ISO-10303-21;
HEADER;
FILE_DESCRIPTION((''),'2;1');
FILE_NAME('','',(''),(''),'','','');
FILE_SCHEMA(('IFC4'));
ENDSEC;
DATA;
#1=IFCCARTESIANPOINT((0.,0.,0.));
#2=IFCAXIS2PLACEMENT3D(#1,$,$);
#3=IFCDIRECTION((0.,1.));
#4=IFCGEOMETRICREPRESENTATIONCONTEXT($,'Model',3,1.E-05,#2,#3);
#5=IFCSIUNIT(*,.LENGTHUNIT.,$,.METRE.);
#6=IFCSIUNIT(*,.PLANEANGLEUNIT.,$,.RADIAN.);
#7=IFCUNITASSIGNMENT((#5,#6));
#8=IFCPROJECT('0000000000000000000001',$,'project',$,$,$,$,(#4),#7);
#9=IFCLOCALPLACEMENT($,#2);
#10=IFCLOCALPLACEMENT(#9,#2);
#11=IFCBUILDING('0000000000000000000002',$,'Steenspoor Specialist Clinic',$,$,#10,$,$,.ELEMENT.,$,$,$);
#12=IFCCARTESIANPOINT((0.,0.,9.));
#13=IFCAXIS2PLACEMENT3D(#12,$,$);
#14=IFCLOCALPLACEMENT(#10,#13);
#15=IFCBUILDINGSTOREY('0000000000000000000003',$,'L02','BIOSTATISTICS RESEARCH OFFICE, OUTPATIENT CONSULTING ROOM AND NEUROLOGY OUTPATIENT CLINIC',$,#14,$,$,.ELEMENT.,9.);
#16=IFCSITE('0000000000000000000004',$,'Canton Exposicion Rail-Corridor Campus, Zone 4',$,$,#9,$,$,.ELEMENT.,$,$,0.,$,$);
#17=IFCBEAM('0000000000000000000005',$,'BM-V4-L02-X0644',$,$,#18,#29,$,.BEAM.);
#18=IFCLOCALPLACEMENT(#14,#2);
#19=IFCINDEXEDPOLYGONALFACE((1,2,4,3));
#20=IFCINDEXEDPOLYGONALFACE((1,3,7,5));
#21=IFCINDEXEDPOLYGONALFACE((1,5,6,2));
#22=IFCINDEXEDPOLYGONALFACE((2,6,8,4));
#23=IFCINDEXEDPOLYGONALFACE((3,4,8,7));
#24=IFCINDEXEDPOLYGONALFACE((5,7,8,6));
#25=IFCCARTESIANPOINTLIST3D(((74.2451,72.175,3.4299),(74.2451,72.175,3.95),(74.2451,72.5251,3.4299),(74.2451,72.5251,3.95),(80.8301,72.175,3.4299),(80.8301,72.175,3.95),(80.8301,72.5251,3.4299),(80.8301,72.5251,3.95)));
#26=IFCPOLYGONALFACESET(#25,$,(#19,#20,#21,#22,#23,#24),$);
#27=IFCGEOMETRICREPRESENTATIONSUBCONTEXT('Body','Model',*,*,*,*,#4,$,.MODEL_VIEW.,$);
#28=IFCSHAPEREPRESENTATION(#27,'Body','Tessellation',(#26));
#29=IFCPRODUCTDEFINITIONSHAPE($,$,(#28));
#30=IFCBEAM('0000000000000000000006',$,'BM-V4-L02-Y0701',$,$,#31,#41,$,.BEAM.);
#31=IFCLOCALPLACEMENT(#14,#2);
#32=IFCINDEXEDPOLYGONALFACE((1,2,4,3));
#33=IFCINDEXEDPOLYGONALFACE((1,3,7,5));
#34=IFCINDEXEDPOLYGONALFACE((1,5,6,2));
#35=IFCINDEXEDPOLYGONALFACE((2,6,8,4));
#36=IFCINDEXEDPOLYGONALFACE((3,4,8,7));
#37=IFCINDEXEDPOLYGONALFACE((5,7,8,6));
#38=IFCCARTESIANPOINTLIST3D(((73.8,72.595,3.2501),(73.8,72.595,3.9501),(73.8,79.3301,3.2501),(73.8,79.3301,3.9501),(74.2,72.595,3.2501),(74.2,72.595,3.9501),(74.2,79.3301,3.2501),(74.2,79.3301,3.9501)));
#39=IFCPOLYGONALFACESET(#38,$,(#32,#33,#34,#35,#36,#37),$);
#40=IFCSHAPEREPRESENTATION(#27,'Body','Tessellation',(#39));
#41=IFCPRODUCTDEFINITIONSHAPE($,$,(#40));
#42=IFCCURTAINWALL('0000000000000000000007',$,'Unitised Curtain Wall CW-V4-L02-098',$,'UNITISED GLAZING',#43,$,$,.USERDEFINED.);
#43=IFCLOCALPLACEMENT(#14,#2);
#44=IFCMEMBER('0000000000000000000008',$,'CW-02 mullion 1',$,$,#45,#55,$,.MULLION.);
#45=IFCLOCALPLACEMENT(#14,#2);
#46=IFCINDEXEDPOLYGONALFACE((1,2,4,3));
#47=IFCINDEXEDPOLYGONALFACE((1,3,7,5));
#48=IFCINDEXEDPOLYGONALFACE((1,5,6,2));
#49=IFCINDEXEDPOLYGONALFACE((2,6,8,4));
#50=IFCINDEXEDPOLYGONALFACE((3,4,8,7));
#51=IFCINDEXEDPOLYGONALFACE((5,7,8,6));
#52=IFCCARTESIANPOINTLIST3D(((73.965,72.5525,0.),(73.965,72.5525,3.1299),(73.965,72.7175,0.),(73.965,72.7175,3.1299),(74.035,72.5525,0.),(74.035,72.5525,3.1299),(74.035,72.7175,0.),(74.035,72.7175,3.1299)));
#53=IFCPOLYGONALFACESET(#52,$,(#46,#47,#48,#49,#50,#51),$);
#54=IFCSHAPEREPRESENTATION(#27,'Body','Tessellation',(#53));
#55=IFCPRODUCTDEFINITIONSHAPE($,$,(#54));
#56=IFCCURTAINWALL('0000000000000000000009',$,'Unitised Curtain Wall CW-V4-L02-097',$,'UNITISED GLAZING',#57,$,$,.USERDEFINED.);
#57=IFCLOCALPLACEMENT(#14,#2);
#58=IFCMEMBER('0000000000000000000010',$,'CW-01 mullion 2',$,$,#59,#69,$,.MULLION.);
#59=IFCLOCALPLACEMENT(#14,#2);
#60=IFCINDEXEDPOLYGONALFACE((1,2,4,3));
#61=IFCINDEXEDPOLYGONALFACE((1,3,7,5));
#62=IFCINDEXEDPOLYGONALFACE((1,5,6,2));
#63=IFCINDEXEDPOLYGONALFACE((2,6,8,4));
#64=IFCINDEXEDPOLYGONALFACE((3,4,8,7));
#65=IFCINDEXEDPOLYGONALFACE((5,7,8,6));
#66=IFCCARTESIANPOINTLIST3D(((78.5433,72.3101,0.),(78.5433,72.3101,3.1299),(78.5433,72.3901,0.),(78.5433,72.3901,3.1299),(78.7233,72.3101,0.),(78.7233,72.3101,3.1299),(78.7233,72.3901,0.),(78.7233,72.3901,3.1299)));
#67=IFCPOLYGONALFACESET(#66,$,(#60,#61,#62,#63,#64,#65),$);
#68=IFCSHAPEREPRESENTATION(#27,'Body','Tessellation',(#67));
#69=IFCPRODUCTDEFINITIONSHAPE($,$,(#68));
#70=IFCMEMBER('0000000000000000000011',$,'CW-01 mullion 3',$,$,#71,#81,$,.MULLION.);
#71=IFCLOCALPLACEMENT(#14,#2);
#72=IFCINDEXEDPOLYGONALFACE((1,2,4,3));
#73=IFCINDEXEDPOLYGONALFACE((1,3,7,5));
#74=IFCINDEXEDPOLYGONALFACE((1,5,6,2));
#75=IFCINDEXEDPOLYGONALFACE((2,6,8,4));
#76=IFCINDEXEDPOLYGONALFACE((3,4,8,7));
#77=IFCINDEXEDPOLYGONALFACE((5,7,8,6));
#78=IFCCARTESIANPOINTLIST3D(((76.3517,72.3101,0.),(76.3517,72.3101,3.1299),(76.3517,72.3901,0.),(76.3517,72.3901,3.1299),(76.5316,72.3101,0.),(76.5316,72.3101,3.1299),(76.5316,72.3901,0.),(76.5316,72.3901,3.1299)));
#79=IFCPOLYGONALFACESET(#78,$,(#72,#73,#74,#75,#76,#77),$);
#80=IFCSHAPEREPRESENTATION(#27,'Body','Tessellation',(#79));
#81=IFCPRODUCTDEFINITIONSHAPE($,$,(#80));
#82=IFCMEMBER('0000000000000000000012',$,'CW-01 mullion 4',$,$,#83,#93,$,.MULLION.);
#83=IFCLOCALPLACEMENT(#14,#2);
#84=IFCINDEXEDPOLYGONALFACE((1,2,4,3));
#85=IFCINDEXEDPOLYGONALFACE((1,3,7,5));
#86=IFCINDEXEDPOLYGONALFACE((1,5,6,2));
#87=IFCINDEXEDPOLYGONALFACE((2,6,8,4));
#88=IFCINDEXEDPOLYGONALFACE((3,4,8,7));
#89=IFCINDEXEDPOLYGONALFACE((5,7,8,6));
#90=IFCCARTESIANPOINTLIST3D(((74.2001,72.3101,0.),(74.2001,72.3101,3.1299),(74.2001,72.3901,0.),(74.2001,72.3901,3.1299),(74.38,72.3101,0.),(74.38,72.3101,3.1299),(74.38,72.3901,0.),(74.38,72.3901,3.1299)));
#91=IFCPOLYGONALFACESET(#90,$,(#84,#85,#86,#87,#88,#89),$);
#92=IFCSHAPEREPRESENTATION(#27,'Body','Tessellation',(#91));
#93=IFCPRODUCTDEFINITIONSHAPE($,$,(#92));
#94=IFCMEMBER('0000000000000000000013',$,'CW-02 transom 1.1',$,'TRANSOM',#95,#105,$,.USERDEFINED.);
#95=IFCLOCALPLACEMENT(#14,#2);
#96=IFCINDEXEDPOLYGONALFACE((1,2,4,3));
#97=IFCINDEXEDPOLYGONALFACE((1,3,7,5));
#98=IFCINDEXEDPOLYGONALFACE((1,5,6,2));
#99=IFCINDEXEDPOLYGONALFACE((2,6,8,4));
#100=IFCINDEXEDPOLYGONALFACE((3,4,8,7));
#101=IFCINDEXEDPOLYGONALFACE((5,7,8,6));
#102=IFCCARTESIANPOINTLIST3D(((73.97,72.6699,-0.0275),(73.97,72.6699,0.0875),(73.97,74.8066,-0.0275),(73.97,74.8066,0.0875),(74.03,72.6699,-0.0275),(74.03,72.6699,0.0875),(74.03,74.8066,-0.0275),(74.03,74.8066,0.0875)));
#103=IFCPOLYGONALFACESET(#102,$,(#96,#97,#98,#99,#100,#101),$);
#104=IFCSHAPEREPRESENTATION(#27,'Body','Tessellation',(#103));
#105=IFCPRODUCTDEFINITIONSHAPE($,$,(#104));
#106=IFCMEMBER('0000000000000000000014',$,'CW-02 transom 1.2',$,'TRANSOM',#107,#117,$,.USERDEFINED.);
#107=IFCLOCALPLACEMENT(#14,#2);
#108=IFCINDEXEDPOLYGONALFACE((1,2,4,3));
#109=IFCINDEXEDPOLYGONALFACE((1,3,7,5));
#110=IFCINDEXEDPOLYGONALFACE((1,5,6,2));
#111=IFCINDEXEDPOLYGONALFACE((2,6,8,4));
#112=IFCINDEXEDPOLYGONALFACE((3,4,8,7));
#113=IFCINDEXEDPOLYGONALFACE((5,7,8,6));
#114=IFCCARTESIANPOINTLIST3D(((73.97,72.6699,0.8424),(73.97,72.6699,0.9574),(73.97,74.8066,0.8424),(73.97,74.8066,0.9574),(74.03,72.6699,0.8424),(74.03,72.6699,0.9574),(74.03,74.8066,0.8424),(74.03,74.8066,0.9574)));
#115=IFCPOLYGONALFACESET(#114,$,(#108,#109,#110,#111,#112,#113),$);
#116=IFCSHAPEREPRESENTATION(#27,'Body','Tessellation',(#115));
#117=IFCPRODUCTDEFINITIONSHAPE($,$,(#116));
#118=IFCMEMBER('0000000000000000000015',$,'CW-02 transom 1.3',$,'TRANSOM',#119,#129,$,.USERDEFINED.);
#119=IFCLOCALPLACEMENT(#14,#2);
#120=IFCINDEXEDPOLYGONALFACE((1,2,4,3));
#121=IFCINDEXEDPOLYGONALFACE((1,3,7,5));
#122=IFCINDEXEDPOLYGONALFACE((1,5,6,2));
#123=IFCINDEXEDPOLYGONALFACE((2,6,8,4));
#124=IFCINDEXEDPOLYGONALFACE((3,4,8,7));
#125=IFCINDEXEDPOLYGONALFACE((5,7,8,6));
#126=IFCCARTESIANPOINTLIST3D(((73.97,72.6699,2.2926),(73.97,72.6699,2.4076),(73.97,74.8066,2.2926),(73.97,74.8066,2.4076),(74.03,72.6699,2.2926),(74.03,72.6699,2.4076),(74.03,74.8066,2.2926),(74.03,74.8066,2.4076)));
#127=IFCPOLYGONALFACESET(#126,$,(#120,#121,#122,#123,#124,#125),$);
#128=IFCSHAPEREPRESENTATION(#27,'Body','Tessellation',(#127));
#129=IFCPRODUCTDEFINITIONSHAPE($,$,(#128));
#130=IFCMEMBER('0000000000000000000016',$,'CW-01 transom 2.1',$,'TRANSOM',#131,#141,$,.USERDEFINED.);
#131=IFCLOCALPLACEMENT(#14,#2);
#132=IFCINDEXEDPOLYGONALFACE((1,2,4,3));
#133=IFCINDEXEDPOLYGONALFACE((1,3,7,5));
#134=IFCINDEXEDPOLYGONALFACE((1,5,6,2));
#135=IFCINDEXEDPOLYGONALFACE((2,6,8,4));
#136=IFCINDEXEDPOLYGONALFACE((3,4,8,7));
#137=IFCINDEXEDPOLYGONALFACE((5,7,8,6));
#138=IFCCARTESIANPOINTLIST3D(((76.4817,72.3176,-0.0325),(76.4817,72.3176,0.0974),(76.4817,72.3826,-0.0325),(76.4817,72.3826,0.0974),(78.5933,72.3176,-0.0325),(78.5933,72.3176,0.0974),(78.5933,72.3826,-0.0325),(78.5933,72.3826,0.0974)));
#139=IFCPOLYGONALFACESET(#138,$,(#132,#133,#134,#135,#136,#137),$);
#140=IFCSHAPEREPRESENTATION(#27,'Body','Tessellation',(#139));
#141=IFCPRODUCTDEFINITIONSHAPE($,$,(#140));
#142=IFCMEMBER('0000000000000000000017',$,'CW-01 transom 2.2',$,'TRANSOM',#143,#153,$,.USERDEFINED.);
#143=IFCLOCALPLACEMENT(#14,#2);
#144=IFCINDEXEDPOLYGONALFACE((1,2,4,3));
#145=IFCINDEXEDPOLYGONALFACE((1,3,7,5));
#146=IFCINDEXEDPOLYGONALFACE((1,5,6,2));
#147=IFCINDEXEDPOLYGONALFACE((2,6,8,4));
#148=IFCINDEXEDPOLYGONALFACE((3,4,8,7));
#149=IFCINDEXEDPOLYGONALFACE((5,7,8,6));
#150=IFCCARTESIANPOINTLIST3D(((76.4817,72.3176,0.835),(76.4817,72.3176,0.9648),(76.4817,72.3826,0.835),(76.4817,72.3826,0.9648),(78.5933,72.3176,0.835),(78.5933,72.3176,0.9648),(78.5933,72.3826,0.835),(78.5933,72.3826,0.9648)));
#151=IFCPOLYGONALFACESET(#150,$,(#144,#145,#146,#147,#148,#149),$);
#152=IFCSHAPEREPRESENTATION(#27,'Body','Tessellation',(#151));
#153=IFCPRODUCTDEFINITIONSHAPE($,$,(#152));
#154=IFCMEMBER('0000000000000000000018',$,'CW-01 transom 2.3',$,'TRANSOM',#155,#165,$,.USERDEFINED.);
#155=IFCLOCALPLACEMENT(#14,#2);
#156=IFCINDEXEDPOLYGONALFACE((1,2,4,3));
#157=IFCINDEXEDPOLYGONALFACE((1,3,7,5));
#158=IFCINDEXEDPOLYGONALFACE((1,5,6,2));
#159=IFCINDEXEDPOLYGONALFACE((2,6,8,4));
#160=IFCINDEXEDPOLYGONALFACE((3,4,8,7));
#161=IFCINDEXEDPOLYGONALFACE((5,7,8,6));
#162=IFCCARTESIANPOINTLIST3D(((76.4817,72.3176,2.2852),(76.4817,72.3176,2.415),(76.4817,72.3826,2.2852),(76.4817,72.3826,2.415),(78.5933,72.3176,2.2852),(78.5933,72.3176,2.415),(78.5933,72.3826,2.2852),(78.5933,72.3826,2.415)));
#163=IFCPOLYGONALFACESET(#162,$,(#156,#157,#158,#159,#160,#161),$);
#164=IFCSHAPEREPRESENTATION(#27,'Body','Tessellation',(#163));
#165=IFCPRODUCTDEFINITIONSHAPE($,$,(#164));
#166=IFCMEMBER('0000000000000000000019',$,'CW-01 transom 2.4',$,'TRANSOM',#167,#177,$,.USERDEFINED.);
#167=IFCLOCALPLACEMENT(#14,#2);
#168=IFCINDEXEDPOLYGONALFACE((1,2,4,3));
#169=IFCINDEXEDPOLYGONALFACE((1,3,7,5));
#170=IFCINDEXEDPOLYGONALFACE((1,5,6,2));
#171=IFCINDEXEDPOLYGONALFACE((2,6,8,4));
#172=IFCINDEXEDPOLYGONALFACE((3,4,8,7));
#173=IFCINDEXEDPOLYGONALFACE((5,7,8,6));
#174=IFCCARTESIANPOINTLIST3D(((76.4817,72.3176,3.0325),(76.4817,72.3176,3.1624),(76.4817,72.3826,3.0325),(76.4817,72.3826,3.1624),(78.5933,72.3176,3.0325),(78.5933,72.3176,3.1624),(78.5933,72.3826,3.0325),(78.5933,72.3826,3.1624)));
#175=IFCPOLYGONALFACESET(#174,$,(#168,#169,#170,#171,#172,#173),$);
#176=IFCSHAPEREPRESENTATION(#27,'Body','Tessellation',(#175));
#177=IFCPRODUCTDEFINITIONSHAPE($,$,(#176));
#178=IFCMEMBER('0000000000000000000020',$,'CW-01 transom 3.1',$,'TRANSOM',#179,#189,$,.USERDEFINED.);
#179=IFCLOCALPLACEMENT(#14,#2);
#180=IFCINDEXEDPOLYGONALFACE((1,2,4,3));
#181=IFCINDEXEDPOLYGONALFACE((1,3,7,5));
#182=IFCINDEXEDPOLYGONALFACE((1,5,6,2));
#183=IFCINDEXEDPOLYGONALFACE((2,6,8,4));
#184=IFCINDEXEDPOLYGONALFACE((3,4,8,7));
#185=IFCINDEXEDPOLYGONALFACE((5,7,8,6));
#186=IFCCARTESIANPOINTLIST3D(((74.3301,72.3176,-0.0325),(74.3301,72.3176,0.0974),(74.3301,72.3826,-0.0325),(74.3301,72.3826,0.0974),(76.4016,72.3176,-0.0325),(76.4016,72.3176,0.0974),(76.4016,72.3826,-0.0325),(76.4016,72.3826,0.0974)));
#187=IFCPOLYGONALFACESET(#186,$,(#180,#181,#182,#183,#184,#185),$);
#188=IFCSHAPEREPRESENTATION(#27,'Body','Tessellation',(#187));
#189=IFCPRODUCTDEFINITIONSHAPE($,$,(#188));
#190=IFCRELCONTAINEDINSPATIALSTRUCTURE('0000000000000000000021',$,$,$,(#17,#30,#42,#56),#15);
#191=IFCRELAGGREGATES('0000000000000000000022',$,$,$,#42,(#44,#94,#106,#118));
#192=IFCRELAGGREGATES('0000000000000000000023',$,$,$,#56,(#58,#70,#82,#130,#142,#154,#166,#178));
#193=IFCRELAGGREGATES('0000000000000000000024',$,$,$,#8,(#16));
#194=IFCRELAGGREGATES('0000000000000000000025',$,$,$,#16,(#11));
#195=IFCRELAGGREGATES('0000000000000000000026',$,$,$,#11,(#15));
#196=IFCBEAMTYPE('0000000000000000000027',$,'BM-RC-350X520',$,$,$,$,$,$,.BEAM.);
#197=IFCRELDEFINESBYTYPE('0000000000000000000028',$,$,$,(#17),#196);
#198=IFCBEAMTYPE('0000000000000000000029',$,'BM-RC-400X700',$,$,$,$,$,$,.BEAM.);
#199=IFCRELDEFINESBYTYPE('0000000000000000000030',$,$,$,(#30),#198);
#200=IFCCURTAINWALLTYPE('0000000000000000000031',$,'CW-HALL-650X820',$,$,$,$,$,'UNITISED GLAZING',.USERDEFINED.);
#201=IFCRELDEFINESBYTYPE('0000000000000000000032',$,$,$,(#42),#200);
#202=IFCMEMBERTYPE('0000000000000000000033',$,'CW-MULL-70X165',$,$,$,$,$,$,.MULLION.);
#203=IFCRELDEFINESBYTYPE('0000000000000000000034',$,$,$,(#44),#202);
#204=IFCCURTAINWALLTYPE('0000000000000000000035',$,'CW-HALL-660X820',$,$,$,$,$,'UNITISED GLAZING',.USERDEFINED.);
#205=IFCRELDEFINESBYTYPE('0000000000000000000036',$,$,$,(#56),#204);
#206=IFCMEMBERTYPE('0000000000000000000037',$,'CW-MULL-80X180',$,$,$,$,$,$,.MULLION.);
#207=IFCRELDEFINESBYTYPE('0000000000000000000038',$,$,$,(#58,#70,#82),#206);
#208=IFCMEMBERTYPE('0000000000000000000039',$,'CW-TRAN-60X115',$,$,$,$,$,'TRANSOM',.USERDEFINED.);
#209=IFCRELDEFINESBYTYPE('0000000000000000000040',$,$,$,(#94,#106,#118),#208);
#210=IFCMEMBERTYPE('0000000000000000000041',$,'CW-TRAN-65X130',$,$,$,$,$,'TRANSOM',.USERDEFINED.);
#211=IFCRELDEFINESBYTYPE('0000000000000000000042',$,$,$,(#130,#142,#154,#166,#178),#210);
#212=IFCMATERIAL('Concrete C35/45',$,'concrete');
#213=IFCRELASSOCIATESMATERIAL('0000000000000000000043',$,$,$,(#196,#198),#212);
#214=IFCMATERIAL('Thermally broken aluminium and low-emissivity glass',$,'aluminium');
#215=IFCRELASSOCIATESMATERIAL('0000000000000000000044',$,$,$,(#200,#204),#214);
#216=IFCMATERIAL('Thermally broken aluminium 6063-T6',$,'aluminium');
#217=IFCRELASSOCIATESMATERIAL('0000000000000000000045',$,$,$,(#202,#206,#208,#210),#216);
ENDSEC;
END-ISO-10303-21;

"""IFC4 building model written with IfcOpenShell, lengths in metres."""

from ifc_helpers import new_model, si_unit, direction, frame, origin, origin_2d, place, context, subcontext, project, spatial, rectangle, extrude, material, material_profile, profile_set, type_object, element, aggregate, save


model = new_model("IFC4")

# Units and contexts
model_context = context("Model", 3, precision=1e-05, world=origin(), true_north=direction((0.0, 1.0)))
body_context = subcontext(model_context, "Body", "Model", "MODEL_VIEW")
ifc_project = project(units=[si_unit("LENGTHUNIT", "METRE"), si_unit("PLANEANGLEUNIT", "RADIAN")], contexts=[model_context])

# Site, building, storey
site_placement = place(None, origin())
site = spatial("IfcSite", under=ifc_project, at=site_placement, Name="Canton Exposicion Rail-Corridor Campus, Zone 4", CompositionType="ELEMENT", RefElevation=0.0)
building_placement = place(site_placement, origin())
building = spatial("IfcBuilding", under=site, at=building_placement, Name="Steenspoor Specialist Clinic", CompositionType="ELEMENT")
storey_placement = place(building_placement, frame((0.0, 0.0, 9.0)))
storey = spatial("IfcBuildingStorey", under=building, at=storey_placement, Name="L02", Description="BIOSTATISTICS RESEARCH OFFICE, OUTPATIENT CONSULTING ROOM AND NEUROLOGY OUTPATIENT CLINIC", CompositionType="ELEMENT", Elevation=9.0)

# Beams
ifc_material_1 = material(Name="Concrete C35/45", Category="concrete")
ifc_material_profile_1 = material_profile(ifc_material_1, rectangle(XDim=0.3501, YDim=0.52, at=origin_2d()), Name="RC-BM-350X520")
ifc_profile_set_1 = profile_set([ifc_material_profile_1], Name="Concrete C35/45")
beam_type_1 = type_object("IfcBeamType", Name="BM-RC-350X520", PredefinedType="BEAM", material=ifc_profile_set_1)
beam_1_placement = place(storey_placement, frame((74.2451, 72.3501, 3.6899), z_axis=(1.0, 0.0, 0.0), x_axis=(0.0, 1.0, 0.0)))
element("IfcBeam", 1, at=beam_1_placement, inside=storey, type_object=beam_type_1, Name="BM-V4-L02-X0644", PredefinedType="BEAM", context=body_context, shape_type="SweptSolid", body=[
    extrude(rectangle(XDim=0.3501, YDim=0.52, at=origin_2d()), origin(), (0.0, 0.0, 1.0), 6.585),
])
ifc_material_profile_2 = material_profile(ifc_material_1, rectangle(XDim=0.3999, YDim=0.7, at=origin_2d()), Name="RC-BM-400X700")
ifc_profile_set_2 = profile_set([ifc_material_profile_2], Name="Concrete C35/45")
beam_type_2 = type_object("IfcBeamType", Name="BM-RC-400X700", PredefinedType="BEAM", material=ifc_profile_set_2)
beam_2_placement = place(storey_placement, frame((74.0, 72.595, 3.6001), z_axis=(0.0, 1.0, 0.0), x_axis=(-1.0, 0.0, 0.0)))
element("IfcBeam", 2, at=beam_2_placement, inside=storey, type_object=beam_type_2, Name="BM-V4-L02-Y0701", PredefinedType="BEAM", context=body_context, shape_type="SweptSolid", body=[
    extrude(rectangle(XDim=0.3999, YDim=0.7, at=origin_2d()), origin(), (0.0, 0.0, 1.0), 6.7351),
])

# Curtain wall, member
ifc_material_2 = material(Name="Thermally broken aluminium and low-emissivity glass", Category="aluminium")
curtain_wall_type_1 = type_object("IfcCurtainWallType", Name="CW-HALL-650X820", ElementType="UNITISED GLAZING", PredefinedType="USERDEFINED", material=ifc_material_2)
curtain_wall_1_placement = place(storey_placement, origin())
curtain_wall_1 = element("IfcCurtainWall", 3, at=curtain_wall_1_placement, inside=storey, type_object=curtain_wall_type_1, Name="Unitised Curtain Wall CW-V4-L02-098", ObjectType="UNITISED GLAZING", PredefinedType="USERDEFINED")
ifc_material_3 = material(Name="Thermally broken aluminium 6063-T6", Category="aluminium")
ifc_material_profile_3 = material_profile(ifc_material_3, rectangle(XDim=0.0701, YDim=0.165, at=origin_2d()), Name="CWM-70X165")
ifc_profile_set_3 = profile_set([ifc_material_profile_3], Name="Thermally broken aluminium 6063-T6")
member_type_1 = type_object("IfcMemberType", Name="CW-MULL-70X165", PredefinedType="MULLION", material=ifc_profile_set_3)
member_1_placement = place(storey_placement, frame((74.0, 72.635, 0.0), z_axis=(0.0, 0.0, 1.0), x_axis=(-1.0, 0.0, 0.0)))
member_1 = element("IfcMember", 4, at=member_1_placement, type_object=member_type_1, Name="CW-02 mullion 1", PredefinedType="MULLION", context=body_context, shape_type="SweptSolid", body=[
    extrude(rectangle(XDim=0.0701, YDim=0.165, at=origin_2d()), origin(), (0.0, 0.0, 1.0), 3.1299),
])

# Curtain wall, members
curtain_wall_type_2 = type_object("IfcCurtainWallType", Name="CW-HALL-660X820", ElementType="UNITISED GLAZING", PredefinedType="USERDEFINED", material=ifc_material_2)
curtain_wall_2_placement = place(storey_placement, origin())
curtain_wall_2 = element("IfcCurtainWall", 5, at=curtain_wall_2_placement, inside=storey, type_object=curtain_wall_type_2, Name="Unitised Curtain Wall CW-V4-L02-097", ObjectType="UNITISED GLAZING", PredefinedType="USERDEFINED")
ifc_material_profile_4 = material_profile(ifc_material_3, rectangle(XDim=0.0801, YDim=0.1799, at=origin_2d()), Name="CWM-80X180")
ifc_profile_set_4 = profile_set([ifc_material_profile_4], Name="Thermally broken aluminium 6063-T6")
member_type_2 = type_object("IfcMemberType", Name="CW-MULL-80X180", PredefinedType="MULLION", material=ifc_profile_set_4)
member_2_placement = place(storey_placement, frame((78.6333, 72.3501, 0.0), z_axis=(0.0, 0.0, 1.0), x_axis=(0.0, -1.0, 0.0)))
member_2 = element("IfcMember", 6, at=member_2_placement, type_object=member_type_2, Name="CW-01 mullion 2", PredefinedType="MULLION", context=body_context, shape_type="SweptSolid", body=[
    extrude(rectangle(XDim=0.0801, YDim=0.1799, at=origin_2d()), origin(), (0.0, 0.0, 1.0), 3.1299),
])
member_3_placement = place(storey_placement, frame((76.4417, 72.3501, 0.0), z_axis=(0.0, 0.0, 1.0), x_axis=(0.0, -1.0, 0.0)))
member_3 = element("IfcMember", 7, at=member_3_placement, type_object=member_type_2, Name="CW-01 mullion 3", PredefinedType="MULLION", context=body_context, shape_type="SweptSolid", body=[
    extrude(rectangle(XDim=0.0801, YDim=0.1799, at=origin_2d()), origin(), (0.0, 0.0, 1.0), 3.1299),
])
member_4_placement = place(storey_placement, frame((74.29, 72.3501, 0.0), z_axis=(0.0, 0.0, 1.0), x_axis=(0.0, -1.0, 0.0)))
member_4 = element("IfcMember", 8, at=member_4_placement, type_object=member_type_2, Name="CW-01 mullion 4", PredefinedType="MULLION", context=body_context, shape_type="SweptSolid", body=[
    extrude(rectangle(XDim=0.0801, YDim=0.1799, at=origin_2d()), origin(), (0.0, 0.0, 1.0), 3.1299),
])

# Members
ifc_material_profile_5 = material_profile(ifc_material_3, rectangle(XDim=0.0601, YDim=0.115, at=origin_2d()), Name="CWT-60X115")
ifc_profile_set_5 = profile_set([ifc_material_profile_5], Name="Thermally broken aluminium 6063-T6")
member_type_3 = type_object("IfcMemberType", Name="CW-TRAN-60X115", ElementType="TRANSOM", PredefinedType="USERDEFINED", material=ifc_profile_set_5)
member_5_placement = place(storey_placement, frame((74.0, 72.6699, 0.03), z_axis=(0.0, 1.0, 0.0), x_axis=(-1.0, 0.0, 0.0)))
member_5 = element("IfcMember", 9, at=member_5_placement, type_object=member_type_3, Name="CW-02 transom 1.1", ObjectType="TRANSOM", PredefinedType="USERDEFINED", context=body_context, shape_type="SweptSolid", body=[
    extrude(rectangle(XDim=0.0601, YDim=0.115, at=origin_2d()), origin(), (0.0, 0.0, 1.0), 2.1367),
])
member_6_placement = place(storey_placement, frame((74.0, 72.6699, 0.8999), z_axis=(0.0, 1.0, 0.0), x_axis=(-1.0, 0.0, 0.0)))
member_6 = element("IfcMember", 10, at=member_6_placement, type_object=member_type_3, Name="CW-02 transom 1.2", ObjectType="TRANSOM", PredefinedType="USERDEFINED", context=body_context, shape_type="SweptSolid", body=[
    extrude(rectangle(XDim=0.0601, YDim=0.115, at=origin_2d()), origin(), (0.0, 0.0, 1.0), 2.1367),
])
member_7_placement = place(storey_placement, frame((74.0, 72.6699, 2.3501), z_axis=(0.0, 1.0, 0.0), x_axis=(-1.0, 0.0, 0.0)))
member_7 = element("IfcMember", 11, at=member_7_placement, type_object=member_type_3, Name="CW-02 transom 1.3", ObjectType="TRANSOM", PredefinedType="USERDEFINED", context=body_context, shape_type="SweptSolid", body=[
    extrude(rectangle(XDim=0.0601, YDim=0.115, at=origin_2d()), origin(), (0.0, 0.0, 1.0), 2.1367),
])
aggregate(curtain_wall_1, [member_1, member_5, member_6, member_7])
ifc_material_profile_6 = material_profile(ifc_material_3, rectangle(XDim=0.0649, YDim=0.1299, at=origin_2d()), Name="CWT-65X130")
ifc_profile_set_6 = profile_set([ifc_material_profile_6], Name="Thermally broken aluminium 6063-T6")
member_type_4 = type_object("IfcMemberType", Name="CW-TRAN-65X130", ElementType="TRANSOM", PredefinedType="USERDEFINED", material=ifc_profile_set_6)
member_8_placement = place(storey_placement, frame((78.5933, 72.3501, 0.0325), z_axis=(-1.0, 0.0, 0.0), x_axis=(0.0, -1.0, 0.0)))
member_8 = element("IfcMember", 12, at=member_8_placement, type_object=member_type_4, Name="CW-01 transom 2.1", ObjectType="TRANSOM", PredefinedType="USERDEFINED", context=body_context, shape_type="SweptSolid", body=[
    extrude(rectangle(XDim=0.0649, YDim=0.1299, at=origin_2d()), origin(), (0.0, 0.0, 1.0), 2.1116),
])
member_9_placement = place(storey_placement, frame((78.5933, 72.3501, 0.8999), z_axis=(-1.0, 0.0, 0.0), x_axis=(0.0, -1.0, 0.0)))
member_9 = element("IfcMember", 13, at=member_9_placement, type_object=member_type_4, Name="CW-01 transom 2.2", ObjectType="TRANSOM", PredefinedType="USERDEFINED", context=body_context, shape_type="SweptSolid", body=[
    extrude(rectangle(XDim=0.0649, YDim=0.1299, at=origin_2d()), origin(), (0.0, 0.0, 1.0), 2.1116),
])
member_10_placement = place(storey_placement, frame((78.5933, 72.3501, 2.3501), z_axis=(-1.0, 0.0, 0.0), x_axis=(0.0, -1.0, 0.0)))
member_10 = element("IfcMember", 14, at=member_10_placement, type_object=member_type_4, Name="CW-01 transom 2.3", ObjectType="TRANSOM", PredefinedType="USERDEFINED", context=body_context, shape_type="SweptSolid", body=[
    extrude(rectangle(XDim=0.0649, YDim=0.1299, at=origin_2d()), origin(), (0.0, 0.0, 1.0), 2.1116),
])
member_11_placement = place(storey_placement, frame((78.5933, 72.3501, 3.0974), z_axis=(-1.0, 0.0, 0.0), x_axis=(0.0, -1.0, 0.0)))
member_11 = element("IfcMember", 15, at=member_11_placement, type_object=member_type_4, Name="CW-01 transom 2.4", ObjectType="TRANSOM", PredefinedType="USERDEFINED", context=body_context, shape_type="SweptSolid", body=[
    extrude(rectangle(XDim=0.0649, YDim=0.1299, at=origin_2d()), origin(), (0.0, 0.0, 1.0), 2.1116),
])
member_12_placement = place(storey_placement, frame((76.4016, 72.3501, 0.0325), z_axis=(-1.0, 0.0, 0.0), x_axis=(0.0, -1.0, 0.0)))
member_12 = element("IfcMember", 16, at=member_12_placement, type_object=member_type_4, Name="CW-01 transom 3.1", ObjectType="TRANSOM", PredefinedType="USERDEFINED", context=body_context, shape_type="SweptSolid", body=[
    extrude(rectangle(XDim=0.0649, YDim=0.1299, at=origin_2d()), origin(), (0.0, 0.0, 1.0), 2.0715),
])

aggregate(curtain_wall_2, [member_2, member_3, member_4, member_8, member_9, member_10, member_11, member_12])

save(model, "model.ifc")
